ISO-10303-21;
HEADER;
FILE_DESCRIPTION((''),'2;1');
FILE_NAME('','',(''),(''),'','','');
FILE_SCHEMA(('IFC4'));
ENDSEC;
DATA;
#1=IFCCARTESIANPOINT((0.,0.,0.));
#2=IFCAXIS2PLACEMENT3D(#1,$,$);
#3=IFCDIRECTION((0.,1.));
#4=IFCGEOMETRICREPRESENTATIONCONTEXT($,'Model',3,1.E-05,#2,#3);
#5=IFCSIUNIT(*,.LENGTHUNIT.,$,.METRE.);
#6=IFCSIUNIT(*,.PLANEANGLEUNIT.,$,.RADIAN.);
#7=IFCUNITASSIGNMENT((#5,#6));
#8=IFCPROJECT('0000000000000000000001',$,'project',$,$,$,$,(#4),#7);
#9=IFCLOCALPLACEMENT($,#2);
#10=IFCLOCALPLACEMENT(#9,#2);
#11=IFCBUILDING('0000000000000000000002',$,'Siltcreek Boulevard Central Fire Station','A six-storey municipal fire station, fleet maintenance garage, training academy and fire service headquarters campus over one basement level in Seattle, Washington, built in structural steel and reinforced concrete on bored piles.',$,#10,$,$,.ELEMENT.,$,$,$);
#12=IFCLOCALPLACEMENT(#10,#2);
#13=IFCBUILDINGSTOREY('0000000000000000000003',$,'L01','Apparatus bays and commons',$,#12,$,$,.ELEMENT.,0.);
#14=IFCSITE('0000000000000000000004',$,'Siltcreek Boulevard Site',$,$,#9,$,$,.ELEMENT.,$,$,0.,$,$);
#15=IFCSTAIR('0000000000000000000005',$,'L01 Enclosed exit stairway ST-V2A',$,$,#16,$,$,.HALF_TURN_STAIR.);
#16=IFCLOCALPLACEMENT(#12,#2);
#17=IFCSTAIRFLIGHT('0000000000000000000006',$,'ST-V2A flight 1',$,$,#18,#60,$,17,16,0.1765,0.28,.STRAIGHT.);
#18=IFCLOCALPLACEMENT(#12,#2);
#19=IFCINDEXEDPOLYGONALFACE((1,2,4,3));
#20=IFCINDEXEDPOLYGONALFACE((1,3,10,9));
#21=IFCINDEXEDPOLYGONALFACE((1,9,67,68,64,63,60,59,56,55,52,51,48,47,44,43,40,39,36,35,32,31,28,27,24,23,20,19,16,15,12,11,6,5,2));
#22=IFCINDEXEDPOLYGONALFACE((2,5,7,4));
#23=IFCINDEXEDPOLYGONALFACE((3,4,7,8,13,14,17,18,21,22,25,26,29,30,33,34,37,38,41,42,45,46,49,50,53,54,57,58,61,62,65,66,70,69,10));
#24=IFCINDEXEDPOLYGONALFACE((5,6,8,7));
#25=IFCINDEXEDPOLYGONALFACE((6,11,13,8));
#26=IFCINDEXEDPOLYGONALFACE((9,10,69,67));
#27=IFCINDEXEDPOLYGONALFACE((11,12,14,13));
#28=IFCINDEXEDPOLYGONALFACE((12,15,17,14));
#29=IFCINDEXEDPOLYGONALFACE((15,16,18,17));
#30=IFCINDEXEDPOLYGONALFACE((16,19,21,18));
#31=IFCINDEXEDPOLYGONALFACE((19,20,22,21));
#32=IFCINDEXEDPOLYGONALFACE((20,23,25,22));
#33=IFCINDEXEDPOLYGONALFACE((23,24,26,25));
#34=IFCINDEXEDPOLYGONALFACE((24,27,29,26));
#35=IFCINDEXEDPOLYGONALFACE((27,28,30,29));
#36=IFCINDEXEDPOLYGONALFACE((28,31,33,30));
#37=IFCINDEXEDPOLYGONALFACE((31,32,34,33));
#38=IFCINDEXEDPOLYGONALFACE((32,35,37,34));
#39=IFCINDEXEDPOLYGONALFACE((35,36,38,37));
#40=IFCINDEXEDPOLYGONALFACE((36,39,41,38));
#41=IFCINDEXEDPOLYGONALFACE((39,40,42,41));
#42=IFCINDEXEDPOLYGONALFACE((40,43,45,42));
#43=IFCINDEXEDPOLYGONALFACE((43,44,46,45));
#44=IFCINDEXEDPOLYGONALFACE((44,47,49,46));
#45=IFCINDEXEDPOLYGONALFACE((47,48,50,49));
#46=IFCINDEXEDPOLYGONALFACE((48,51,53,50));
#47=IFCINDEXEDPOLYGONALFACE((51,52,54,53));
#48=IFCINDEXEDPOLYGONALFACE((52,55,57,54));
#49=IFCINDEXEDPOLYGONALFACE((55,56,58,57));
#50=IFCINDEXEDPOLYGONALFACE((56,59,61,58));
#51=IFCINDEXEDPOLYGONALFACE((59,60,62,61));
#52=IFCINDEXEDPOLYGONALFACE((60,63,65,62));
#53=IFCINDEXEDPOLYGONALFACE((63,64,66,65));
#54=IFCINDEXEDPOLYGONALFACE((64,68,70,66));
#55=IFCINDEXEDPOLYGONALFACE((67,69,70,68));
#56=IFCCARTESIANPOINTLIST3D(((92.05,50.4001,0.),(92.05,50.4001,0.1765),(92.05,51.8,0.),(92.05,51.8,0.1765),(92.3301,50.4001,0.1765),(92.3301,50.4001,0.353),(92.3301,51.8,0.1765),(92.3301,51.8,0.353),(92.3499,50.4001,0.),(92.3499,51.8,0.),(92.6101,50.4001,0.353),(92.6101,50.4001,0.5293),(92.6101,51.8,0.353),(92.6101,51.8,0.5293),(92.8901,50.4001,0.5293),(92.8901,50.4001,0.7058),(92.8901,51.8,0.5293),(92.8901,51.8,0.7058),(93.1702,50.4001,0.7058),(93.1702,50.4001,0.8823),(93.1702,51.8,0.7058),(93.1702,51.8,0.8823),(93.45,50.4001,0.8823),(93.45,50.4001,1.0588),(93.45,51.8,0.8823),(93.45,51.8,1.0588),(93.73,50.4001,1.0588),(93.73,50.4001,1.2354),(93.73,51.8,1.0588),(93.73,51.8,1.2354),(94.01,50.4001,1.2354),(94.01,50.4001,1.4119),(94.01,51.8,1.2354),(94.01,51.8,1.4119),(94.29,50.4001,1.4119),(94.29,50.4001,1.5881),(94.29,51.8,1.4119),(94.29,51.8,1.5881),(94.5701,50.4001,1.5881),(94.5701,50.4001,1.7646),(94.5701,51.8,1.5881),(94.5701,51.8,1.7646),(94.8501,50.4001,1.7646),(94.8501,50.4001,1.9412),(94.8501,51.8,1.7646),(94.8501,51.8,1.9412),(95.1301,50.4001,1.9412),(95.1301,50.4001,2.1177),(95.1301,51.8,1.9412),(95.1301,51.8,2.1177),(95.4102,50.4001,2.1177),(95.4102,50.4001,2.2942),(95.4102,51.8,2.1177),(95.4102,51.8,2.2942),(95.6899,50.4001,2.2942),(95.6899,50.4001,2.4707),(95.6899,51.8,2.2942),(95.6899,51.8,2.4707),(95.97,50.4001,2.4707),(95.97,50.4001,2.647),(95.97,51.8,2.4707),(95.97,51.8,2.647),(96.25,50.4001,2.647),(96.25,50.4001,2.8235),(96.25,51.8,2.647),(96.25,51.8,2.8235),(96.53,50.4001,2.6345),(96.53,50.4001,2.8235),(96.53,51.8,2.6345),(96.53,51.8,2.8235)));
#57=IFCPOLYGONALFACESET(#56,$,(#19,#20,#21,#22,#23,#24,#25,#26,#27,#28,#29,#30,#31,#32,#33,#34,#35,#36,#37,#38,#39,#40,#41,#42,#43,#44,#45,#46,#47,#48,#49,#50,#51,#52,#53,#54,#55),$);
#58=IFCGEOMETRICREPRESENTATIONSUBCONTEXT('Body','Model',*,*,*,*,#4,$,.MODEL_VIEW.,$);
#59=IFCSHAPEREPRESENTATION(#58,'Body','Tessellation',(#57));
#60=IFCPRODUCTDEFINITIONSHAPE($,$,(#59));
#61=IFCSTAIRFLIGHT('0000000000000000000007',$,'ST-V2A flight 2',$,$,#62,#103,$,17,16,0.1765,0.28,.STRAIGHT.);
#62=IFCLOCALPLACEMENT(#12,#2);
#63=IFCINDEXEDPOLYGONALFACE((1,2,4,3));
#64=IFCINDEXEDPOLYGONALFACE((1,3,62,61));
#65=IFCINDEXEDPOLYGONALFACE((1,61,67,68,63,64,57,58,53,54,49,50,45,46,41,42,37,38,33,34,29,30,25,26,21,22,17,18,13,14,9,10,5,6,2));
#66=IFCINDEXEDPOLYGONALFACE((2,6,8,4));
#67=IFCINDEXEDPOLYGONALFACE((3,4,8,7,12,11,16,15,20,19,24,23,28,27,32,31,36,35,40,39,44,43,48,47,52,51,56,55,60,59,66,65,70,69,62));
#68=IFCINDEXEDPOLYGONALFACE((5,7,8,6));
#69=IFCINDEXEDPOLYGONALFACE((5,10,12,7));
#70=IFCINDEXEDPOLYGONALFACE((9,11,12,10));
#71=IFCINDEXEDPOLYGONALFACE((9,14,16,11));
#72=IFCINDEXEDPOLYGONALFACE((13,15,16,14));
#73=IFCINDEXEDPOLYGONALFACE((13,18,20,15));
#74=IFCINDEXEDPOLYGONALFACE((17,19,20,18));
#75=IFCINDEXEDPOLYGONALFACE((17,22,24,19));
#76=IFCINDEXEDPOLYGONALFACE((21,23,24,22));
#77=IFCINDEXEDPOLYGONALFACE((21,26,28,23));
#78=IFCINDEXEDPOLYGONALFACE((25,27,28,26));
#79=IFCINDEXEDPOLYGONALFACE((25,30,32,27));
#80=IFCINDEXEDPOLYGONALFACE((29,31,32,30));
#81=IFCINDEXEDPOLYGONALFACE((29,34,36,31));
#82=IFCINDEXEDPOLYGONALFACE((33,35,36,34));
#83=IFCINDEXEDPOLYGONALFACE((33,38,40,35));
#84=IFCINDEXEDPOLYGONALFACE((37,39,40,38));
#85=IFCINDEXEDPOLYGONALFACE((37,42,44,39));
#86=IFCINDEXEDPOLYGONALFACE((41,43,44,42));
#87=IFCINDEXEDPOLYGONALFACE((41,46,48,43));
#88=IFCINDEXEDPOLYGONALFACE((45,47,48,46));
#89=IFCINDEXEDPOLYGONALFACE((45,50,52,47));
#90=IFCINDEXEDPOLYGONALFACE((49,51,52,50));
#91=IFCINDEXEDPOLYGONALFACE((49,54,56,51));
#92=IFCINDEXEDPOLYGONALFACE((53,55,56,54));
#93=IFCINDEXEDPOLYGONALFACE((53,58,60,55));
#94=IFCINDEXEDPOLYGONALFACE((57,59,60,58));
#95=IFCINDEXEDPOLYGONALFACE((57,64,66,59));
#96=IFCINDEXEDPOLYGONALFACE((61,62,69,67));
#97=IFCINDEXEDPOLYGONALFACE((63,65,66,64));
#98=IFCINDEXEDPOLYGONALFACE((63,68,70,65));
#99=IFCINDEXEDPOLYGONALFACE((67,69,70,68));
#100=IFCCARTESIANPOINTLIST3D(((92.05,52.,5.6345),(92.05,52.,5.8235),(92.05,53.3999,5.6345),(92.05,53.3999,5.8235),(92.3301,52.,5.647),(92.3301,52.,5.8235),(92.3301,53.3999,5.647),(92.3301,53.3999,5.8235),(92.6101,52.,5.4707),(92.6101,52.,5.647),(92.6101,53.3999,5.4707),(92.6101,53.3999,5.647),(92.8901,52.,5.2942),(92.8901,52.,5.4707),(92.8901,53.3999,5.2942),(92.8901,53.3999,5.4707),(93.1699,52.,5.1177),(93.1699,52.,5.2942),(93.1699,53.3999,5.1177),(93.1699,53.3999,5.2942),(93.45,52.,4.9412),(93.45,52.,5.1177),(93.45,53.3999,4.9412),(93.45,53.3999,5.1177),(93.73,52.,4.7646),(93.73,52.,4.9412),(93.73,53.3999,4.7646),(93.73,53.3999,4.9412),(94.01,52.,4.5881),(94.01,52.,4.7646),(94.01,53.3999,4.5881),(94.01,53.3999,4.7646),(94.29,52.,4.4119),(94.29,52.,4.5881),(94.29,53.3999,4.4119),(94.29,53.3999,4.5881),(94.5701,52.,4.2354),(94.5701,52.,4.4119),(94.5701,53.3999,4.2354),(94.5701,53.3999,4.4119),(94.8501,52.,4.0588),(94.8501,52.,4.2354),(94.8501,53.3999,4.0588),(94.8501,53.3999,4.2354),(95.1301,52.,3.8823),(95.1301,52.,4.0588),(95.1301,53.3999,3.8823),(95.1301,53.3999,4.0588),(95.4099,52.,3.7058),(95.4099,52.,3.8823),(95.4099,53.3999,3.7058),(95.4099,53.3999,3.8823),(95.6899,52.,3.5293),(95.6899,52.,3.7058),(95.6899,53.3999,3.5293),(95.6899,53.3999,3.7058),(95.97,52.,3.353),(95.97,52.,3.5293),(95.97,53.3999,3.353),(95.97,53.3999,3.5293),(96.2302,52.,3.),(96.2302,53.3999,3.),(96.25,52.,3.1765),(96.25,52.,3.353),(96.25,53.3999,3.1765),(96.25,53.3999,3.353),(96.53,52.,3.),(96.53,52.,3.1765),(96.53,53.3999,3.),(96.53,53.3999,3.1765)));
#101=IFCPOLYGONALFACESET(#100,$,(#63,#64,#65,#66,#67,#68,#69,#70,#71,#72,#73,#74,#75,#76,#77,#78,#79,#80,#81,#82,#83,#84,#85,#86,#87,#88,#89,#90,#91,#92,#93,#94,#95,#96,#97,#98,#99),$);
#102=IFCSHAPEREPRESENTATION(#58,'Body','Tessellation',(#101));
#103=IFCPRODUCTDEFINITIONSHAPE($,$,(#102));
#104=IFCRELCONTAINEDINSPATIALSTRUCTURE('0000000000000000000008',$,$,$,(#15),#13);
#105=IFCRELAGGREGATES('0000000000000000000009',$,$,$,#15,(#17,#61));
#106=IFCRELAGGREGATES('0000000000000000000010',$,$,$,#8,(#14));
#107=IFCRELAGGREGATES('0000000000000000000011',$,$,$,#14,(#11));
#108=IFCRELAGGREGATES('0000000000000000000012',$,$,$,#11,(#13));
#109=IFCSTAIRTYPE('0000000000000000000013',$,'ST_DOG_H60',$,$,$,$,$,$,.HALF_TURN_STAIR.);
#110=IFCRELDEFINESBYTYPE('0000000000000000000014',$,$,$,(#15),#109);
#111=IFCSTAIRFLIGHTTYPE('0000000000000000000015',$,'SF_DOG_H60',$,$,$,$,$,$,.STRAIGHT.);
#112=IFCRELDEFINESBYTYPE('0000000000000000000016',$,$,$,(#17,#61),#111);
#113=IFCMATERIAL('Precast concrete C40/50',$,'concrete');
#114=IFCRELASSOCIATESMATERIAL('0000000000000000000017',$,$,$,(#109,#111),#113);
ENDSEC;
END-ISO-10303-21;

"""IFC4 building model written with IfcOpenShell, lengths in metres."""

from ifc_helpers import new_model, si_unit, direction, frame, origin, place, context, subcontext, project, spatial, polyline, outline, extrude, material, type_object, element, aggregate, save


model = new_model("IFC4")

# Units and contexts
model_context = context("Model", 3, precision=1e-05, world=origin(), true_north=direction((0.0, 1.0)))
body_context = subcontext(model_context, "Body", "Model", "MODEL_VIEW")
ifc_project = project(units=[si_unit("LENGTHUNIT", "METRE"), si_unit("PLANEANGLEUNIT", "RADIAN")], contexts=[model_context])

# Site, building, storey
site_placement = place(None, origin())
site = spatial("IfcSite", under=ifc_project, at=site_placement, Name="Siltcreek Boulevard Site", CompositionType="ELEMENT", RefElevation=0.0)
building_placement = place(site_placement, origin())
building = spatial("IfcBuilding", under=site, at=building_placement, Name="Siltcreek Boulevard Central Fire Station", Description="A six-storey municipal fire station, fleet maintenance garage, training academy and fire service headquarters campus over one basement level in Seattle, Washington, built in structural steel and reinforced concrete on bored piles.", CompositionType="ELEMENT")
storey_placement = place(building_placement, origin())
storey = spatial("IfcBuildingStorey", under=building, at=storey_placement, Name="L01", Description="Apparatus bays and commons", CompositionType="ELEMENT", Elevation=0.0)

# Stair, stair flights
ifc_material_1 = material(Name="Precast concrete C40/50", Category="concrete")
stair_type = type_object("IfcStairType", Name="ST_DOG_H60", PredefinedType="HALF_TURN_STAIR", material=ifc_material_1)
stair_placement = place(storey_placement, origin())
stair = element("IfcStair", 1, at=stair_placement, inside=storey, type_object=stair_type, Name="L01 Enclosed exit stairway ST-V2A", PredefinedType="HALF_TURN_STAIR")
stair_flight_type = type_object("IfcStairFlightType", Name="SF_DOG_H60", PredefinedType="STRAIGHT", material=ifc_material_1)
stair_flight_1_placement = place(storey_placement, frame((92.05, 51.1001, 0.0), z_axis=(0.0, 0.0, 1.0), x_axis=(1.0, 0.0, 0.0)))
stair_flight_1 = element("IfcStairFlight", 2, at=stair_flight_1_placement, type_object=stair_flight_type, Name="ST-V2A flight 1", NumberOfRisers=17, NumberOfTreads=16, PredefinedType="STRAIGHT", RiserHeight=0.1765, TreadLength=0.28, context=body_context, shape_type="SweptSolid", body=[
    extrude(outline(polyline([(0.0, 0.0), (0.0, 0.1765), (0.28, 0.1765), (0.28, 0.353), (0.5601, 0.353), (0.5601, 0.5293), (0.8401, 0.5293), (0.8401, 0.7058), (1.1201, 0.7058), (1.1201, 0.8823), (1.3999, 0.8823), (1.3999, 1.0588), (1.6799, 1.0588), (1.6799, 1.2354), (1.96, 1.2354), (1.96, 1.4119), (2.24, 1.4119), (2.24, 1.5881), (2.52, 1.5881), (2.52, 1.7646), (2.8, 1.7646), (2.8, 1.9412), (3.0801, 1.9412), (3.0801, 2.1177), (3.3601, 2.1177), (3.3601, 2.2942), (3.6399, 2.2942), (3.6399, 2.4707), (3.9199, 2.4707), (3.9199, 2.647), (4.2, 2.647), (4.2, 2.8235), (4.48, 2.8235), (4.48, 3.0), (4.48, 2.6345), (0.2998, 0.0), (0.0, 0.0)])), frame((0.0, 0.7, 0.0), z_axis=(0.0, -1.0, 0.0), x_axis=(1.0, 0.0, 0.0)), (0.0, 0.0, 1.0), 1.3999),
])
stair_flight_2_placement = place(storey_placement, frame((96.53, 52.7, 3.0), z_axis=(0.0, 0.0, 1.0), x_axis=(-1.0, 0.0, 0.0)))
stair_flight_2 = element("IfcStairFlight", 3, at=stair_flight_2_placement, type_object=stair_flight_type, Name="ST-V2A flight 2", NumberOfRisers=17, NumberOfTreads=16, PredefinedType="STRAIGHT", RiserHeight=0.1765, TreadLength=0.28, context=body_context, shape_type="SweptSolid", body=[
    extrude(outline(polyline([(0.0, 0.0), (0.0, 0.1765), (0.28, 0.1765), (0.28, 0.353), (0.5601, 0.353), (0.5601, 0.5293), (0.8401, 0.5293), (0.8401, 0.7058), (1.1201, 0.7058), (1.1201, 0.8823), (1.3999, 0.8823), (1.3999, 1.0588), (1.6799, 1.0588), (1.6799, 1.2354), (1.96, 1.2354), (1.96, 1.4119), (2.24, 1.4119), (2.24, 1.5881), (2.52, 1.5881), (2.52, 1.7646), (2.8, 1.7646), (2.8, 1.9412), (3.0801, 1.9412), (3.0801, 2.1177), (3.3601, 2.1177), (3.3601, 2.2942), (3.6399, 2.2942), (3.6399, 2.4707), (3.9199, 2.4707), (3.9199, 2.647), (4.2, 2.647), (4.2, 2.8235), (4.48, 2.8235), (4.48, 3.0), (4.48, 2.6345), (0.2998, 0.0), (0.0, 0.0)])), frame((0.0, 0.7, 0.0), z_axis=(0.0, -1.0, 0.0), x_axis=(1.0, 0.0, 0.0)), (0.0, 0.0, 1.0), 1.3999),
])
aggregate(stair, [stair_flight_1, stair_flight_2])

save(model, "model.ifc")
